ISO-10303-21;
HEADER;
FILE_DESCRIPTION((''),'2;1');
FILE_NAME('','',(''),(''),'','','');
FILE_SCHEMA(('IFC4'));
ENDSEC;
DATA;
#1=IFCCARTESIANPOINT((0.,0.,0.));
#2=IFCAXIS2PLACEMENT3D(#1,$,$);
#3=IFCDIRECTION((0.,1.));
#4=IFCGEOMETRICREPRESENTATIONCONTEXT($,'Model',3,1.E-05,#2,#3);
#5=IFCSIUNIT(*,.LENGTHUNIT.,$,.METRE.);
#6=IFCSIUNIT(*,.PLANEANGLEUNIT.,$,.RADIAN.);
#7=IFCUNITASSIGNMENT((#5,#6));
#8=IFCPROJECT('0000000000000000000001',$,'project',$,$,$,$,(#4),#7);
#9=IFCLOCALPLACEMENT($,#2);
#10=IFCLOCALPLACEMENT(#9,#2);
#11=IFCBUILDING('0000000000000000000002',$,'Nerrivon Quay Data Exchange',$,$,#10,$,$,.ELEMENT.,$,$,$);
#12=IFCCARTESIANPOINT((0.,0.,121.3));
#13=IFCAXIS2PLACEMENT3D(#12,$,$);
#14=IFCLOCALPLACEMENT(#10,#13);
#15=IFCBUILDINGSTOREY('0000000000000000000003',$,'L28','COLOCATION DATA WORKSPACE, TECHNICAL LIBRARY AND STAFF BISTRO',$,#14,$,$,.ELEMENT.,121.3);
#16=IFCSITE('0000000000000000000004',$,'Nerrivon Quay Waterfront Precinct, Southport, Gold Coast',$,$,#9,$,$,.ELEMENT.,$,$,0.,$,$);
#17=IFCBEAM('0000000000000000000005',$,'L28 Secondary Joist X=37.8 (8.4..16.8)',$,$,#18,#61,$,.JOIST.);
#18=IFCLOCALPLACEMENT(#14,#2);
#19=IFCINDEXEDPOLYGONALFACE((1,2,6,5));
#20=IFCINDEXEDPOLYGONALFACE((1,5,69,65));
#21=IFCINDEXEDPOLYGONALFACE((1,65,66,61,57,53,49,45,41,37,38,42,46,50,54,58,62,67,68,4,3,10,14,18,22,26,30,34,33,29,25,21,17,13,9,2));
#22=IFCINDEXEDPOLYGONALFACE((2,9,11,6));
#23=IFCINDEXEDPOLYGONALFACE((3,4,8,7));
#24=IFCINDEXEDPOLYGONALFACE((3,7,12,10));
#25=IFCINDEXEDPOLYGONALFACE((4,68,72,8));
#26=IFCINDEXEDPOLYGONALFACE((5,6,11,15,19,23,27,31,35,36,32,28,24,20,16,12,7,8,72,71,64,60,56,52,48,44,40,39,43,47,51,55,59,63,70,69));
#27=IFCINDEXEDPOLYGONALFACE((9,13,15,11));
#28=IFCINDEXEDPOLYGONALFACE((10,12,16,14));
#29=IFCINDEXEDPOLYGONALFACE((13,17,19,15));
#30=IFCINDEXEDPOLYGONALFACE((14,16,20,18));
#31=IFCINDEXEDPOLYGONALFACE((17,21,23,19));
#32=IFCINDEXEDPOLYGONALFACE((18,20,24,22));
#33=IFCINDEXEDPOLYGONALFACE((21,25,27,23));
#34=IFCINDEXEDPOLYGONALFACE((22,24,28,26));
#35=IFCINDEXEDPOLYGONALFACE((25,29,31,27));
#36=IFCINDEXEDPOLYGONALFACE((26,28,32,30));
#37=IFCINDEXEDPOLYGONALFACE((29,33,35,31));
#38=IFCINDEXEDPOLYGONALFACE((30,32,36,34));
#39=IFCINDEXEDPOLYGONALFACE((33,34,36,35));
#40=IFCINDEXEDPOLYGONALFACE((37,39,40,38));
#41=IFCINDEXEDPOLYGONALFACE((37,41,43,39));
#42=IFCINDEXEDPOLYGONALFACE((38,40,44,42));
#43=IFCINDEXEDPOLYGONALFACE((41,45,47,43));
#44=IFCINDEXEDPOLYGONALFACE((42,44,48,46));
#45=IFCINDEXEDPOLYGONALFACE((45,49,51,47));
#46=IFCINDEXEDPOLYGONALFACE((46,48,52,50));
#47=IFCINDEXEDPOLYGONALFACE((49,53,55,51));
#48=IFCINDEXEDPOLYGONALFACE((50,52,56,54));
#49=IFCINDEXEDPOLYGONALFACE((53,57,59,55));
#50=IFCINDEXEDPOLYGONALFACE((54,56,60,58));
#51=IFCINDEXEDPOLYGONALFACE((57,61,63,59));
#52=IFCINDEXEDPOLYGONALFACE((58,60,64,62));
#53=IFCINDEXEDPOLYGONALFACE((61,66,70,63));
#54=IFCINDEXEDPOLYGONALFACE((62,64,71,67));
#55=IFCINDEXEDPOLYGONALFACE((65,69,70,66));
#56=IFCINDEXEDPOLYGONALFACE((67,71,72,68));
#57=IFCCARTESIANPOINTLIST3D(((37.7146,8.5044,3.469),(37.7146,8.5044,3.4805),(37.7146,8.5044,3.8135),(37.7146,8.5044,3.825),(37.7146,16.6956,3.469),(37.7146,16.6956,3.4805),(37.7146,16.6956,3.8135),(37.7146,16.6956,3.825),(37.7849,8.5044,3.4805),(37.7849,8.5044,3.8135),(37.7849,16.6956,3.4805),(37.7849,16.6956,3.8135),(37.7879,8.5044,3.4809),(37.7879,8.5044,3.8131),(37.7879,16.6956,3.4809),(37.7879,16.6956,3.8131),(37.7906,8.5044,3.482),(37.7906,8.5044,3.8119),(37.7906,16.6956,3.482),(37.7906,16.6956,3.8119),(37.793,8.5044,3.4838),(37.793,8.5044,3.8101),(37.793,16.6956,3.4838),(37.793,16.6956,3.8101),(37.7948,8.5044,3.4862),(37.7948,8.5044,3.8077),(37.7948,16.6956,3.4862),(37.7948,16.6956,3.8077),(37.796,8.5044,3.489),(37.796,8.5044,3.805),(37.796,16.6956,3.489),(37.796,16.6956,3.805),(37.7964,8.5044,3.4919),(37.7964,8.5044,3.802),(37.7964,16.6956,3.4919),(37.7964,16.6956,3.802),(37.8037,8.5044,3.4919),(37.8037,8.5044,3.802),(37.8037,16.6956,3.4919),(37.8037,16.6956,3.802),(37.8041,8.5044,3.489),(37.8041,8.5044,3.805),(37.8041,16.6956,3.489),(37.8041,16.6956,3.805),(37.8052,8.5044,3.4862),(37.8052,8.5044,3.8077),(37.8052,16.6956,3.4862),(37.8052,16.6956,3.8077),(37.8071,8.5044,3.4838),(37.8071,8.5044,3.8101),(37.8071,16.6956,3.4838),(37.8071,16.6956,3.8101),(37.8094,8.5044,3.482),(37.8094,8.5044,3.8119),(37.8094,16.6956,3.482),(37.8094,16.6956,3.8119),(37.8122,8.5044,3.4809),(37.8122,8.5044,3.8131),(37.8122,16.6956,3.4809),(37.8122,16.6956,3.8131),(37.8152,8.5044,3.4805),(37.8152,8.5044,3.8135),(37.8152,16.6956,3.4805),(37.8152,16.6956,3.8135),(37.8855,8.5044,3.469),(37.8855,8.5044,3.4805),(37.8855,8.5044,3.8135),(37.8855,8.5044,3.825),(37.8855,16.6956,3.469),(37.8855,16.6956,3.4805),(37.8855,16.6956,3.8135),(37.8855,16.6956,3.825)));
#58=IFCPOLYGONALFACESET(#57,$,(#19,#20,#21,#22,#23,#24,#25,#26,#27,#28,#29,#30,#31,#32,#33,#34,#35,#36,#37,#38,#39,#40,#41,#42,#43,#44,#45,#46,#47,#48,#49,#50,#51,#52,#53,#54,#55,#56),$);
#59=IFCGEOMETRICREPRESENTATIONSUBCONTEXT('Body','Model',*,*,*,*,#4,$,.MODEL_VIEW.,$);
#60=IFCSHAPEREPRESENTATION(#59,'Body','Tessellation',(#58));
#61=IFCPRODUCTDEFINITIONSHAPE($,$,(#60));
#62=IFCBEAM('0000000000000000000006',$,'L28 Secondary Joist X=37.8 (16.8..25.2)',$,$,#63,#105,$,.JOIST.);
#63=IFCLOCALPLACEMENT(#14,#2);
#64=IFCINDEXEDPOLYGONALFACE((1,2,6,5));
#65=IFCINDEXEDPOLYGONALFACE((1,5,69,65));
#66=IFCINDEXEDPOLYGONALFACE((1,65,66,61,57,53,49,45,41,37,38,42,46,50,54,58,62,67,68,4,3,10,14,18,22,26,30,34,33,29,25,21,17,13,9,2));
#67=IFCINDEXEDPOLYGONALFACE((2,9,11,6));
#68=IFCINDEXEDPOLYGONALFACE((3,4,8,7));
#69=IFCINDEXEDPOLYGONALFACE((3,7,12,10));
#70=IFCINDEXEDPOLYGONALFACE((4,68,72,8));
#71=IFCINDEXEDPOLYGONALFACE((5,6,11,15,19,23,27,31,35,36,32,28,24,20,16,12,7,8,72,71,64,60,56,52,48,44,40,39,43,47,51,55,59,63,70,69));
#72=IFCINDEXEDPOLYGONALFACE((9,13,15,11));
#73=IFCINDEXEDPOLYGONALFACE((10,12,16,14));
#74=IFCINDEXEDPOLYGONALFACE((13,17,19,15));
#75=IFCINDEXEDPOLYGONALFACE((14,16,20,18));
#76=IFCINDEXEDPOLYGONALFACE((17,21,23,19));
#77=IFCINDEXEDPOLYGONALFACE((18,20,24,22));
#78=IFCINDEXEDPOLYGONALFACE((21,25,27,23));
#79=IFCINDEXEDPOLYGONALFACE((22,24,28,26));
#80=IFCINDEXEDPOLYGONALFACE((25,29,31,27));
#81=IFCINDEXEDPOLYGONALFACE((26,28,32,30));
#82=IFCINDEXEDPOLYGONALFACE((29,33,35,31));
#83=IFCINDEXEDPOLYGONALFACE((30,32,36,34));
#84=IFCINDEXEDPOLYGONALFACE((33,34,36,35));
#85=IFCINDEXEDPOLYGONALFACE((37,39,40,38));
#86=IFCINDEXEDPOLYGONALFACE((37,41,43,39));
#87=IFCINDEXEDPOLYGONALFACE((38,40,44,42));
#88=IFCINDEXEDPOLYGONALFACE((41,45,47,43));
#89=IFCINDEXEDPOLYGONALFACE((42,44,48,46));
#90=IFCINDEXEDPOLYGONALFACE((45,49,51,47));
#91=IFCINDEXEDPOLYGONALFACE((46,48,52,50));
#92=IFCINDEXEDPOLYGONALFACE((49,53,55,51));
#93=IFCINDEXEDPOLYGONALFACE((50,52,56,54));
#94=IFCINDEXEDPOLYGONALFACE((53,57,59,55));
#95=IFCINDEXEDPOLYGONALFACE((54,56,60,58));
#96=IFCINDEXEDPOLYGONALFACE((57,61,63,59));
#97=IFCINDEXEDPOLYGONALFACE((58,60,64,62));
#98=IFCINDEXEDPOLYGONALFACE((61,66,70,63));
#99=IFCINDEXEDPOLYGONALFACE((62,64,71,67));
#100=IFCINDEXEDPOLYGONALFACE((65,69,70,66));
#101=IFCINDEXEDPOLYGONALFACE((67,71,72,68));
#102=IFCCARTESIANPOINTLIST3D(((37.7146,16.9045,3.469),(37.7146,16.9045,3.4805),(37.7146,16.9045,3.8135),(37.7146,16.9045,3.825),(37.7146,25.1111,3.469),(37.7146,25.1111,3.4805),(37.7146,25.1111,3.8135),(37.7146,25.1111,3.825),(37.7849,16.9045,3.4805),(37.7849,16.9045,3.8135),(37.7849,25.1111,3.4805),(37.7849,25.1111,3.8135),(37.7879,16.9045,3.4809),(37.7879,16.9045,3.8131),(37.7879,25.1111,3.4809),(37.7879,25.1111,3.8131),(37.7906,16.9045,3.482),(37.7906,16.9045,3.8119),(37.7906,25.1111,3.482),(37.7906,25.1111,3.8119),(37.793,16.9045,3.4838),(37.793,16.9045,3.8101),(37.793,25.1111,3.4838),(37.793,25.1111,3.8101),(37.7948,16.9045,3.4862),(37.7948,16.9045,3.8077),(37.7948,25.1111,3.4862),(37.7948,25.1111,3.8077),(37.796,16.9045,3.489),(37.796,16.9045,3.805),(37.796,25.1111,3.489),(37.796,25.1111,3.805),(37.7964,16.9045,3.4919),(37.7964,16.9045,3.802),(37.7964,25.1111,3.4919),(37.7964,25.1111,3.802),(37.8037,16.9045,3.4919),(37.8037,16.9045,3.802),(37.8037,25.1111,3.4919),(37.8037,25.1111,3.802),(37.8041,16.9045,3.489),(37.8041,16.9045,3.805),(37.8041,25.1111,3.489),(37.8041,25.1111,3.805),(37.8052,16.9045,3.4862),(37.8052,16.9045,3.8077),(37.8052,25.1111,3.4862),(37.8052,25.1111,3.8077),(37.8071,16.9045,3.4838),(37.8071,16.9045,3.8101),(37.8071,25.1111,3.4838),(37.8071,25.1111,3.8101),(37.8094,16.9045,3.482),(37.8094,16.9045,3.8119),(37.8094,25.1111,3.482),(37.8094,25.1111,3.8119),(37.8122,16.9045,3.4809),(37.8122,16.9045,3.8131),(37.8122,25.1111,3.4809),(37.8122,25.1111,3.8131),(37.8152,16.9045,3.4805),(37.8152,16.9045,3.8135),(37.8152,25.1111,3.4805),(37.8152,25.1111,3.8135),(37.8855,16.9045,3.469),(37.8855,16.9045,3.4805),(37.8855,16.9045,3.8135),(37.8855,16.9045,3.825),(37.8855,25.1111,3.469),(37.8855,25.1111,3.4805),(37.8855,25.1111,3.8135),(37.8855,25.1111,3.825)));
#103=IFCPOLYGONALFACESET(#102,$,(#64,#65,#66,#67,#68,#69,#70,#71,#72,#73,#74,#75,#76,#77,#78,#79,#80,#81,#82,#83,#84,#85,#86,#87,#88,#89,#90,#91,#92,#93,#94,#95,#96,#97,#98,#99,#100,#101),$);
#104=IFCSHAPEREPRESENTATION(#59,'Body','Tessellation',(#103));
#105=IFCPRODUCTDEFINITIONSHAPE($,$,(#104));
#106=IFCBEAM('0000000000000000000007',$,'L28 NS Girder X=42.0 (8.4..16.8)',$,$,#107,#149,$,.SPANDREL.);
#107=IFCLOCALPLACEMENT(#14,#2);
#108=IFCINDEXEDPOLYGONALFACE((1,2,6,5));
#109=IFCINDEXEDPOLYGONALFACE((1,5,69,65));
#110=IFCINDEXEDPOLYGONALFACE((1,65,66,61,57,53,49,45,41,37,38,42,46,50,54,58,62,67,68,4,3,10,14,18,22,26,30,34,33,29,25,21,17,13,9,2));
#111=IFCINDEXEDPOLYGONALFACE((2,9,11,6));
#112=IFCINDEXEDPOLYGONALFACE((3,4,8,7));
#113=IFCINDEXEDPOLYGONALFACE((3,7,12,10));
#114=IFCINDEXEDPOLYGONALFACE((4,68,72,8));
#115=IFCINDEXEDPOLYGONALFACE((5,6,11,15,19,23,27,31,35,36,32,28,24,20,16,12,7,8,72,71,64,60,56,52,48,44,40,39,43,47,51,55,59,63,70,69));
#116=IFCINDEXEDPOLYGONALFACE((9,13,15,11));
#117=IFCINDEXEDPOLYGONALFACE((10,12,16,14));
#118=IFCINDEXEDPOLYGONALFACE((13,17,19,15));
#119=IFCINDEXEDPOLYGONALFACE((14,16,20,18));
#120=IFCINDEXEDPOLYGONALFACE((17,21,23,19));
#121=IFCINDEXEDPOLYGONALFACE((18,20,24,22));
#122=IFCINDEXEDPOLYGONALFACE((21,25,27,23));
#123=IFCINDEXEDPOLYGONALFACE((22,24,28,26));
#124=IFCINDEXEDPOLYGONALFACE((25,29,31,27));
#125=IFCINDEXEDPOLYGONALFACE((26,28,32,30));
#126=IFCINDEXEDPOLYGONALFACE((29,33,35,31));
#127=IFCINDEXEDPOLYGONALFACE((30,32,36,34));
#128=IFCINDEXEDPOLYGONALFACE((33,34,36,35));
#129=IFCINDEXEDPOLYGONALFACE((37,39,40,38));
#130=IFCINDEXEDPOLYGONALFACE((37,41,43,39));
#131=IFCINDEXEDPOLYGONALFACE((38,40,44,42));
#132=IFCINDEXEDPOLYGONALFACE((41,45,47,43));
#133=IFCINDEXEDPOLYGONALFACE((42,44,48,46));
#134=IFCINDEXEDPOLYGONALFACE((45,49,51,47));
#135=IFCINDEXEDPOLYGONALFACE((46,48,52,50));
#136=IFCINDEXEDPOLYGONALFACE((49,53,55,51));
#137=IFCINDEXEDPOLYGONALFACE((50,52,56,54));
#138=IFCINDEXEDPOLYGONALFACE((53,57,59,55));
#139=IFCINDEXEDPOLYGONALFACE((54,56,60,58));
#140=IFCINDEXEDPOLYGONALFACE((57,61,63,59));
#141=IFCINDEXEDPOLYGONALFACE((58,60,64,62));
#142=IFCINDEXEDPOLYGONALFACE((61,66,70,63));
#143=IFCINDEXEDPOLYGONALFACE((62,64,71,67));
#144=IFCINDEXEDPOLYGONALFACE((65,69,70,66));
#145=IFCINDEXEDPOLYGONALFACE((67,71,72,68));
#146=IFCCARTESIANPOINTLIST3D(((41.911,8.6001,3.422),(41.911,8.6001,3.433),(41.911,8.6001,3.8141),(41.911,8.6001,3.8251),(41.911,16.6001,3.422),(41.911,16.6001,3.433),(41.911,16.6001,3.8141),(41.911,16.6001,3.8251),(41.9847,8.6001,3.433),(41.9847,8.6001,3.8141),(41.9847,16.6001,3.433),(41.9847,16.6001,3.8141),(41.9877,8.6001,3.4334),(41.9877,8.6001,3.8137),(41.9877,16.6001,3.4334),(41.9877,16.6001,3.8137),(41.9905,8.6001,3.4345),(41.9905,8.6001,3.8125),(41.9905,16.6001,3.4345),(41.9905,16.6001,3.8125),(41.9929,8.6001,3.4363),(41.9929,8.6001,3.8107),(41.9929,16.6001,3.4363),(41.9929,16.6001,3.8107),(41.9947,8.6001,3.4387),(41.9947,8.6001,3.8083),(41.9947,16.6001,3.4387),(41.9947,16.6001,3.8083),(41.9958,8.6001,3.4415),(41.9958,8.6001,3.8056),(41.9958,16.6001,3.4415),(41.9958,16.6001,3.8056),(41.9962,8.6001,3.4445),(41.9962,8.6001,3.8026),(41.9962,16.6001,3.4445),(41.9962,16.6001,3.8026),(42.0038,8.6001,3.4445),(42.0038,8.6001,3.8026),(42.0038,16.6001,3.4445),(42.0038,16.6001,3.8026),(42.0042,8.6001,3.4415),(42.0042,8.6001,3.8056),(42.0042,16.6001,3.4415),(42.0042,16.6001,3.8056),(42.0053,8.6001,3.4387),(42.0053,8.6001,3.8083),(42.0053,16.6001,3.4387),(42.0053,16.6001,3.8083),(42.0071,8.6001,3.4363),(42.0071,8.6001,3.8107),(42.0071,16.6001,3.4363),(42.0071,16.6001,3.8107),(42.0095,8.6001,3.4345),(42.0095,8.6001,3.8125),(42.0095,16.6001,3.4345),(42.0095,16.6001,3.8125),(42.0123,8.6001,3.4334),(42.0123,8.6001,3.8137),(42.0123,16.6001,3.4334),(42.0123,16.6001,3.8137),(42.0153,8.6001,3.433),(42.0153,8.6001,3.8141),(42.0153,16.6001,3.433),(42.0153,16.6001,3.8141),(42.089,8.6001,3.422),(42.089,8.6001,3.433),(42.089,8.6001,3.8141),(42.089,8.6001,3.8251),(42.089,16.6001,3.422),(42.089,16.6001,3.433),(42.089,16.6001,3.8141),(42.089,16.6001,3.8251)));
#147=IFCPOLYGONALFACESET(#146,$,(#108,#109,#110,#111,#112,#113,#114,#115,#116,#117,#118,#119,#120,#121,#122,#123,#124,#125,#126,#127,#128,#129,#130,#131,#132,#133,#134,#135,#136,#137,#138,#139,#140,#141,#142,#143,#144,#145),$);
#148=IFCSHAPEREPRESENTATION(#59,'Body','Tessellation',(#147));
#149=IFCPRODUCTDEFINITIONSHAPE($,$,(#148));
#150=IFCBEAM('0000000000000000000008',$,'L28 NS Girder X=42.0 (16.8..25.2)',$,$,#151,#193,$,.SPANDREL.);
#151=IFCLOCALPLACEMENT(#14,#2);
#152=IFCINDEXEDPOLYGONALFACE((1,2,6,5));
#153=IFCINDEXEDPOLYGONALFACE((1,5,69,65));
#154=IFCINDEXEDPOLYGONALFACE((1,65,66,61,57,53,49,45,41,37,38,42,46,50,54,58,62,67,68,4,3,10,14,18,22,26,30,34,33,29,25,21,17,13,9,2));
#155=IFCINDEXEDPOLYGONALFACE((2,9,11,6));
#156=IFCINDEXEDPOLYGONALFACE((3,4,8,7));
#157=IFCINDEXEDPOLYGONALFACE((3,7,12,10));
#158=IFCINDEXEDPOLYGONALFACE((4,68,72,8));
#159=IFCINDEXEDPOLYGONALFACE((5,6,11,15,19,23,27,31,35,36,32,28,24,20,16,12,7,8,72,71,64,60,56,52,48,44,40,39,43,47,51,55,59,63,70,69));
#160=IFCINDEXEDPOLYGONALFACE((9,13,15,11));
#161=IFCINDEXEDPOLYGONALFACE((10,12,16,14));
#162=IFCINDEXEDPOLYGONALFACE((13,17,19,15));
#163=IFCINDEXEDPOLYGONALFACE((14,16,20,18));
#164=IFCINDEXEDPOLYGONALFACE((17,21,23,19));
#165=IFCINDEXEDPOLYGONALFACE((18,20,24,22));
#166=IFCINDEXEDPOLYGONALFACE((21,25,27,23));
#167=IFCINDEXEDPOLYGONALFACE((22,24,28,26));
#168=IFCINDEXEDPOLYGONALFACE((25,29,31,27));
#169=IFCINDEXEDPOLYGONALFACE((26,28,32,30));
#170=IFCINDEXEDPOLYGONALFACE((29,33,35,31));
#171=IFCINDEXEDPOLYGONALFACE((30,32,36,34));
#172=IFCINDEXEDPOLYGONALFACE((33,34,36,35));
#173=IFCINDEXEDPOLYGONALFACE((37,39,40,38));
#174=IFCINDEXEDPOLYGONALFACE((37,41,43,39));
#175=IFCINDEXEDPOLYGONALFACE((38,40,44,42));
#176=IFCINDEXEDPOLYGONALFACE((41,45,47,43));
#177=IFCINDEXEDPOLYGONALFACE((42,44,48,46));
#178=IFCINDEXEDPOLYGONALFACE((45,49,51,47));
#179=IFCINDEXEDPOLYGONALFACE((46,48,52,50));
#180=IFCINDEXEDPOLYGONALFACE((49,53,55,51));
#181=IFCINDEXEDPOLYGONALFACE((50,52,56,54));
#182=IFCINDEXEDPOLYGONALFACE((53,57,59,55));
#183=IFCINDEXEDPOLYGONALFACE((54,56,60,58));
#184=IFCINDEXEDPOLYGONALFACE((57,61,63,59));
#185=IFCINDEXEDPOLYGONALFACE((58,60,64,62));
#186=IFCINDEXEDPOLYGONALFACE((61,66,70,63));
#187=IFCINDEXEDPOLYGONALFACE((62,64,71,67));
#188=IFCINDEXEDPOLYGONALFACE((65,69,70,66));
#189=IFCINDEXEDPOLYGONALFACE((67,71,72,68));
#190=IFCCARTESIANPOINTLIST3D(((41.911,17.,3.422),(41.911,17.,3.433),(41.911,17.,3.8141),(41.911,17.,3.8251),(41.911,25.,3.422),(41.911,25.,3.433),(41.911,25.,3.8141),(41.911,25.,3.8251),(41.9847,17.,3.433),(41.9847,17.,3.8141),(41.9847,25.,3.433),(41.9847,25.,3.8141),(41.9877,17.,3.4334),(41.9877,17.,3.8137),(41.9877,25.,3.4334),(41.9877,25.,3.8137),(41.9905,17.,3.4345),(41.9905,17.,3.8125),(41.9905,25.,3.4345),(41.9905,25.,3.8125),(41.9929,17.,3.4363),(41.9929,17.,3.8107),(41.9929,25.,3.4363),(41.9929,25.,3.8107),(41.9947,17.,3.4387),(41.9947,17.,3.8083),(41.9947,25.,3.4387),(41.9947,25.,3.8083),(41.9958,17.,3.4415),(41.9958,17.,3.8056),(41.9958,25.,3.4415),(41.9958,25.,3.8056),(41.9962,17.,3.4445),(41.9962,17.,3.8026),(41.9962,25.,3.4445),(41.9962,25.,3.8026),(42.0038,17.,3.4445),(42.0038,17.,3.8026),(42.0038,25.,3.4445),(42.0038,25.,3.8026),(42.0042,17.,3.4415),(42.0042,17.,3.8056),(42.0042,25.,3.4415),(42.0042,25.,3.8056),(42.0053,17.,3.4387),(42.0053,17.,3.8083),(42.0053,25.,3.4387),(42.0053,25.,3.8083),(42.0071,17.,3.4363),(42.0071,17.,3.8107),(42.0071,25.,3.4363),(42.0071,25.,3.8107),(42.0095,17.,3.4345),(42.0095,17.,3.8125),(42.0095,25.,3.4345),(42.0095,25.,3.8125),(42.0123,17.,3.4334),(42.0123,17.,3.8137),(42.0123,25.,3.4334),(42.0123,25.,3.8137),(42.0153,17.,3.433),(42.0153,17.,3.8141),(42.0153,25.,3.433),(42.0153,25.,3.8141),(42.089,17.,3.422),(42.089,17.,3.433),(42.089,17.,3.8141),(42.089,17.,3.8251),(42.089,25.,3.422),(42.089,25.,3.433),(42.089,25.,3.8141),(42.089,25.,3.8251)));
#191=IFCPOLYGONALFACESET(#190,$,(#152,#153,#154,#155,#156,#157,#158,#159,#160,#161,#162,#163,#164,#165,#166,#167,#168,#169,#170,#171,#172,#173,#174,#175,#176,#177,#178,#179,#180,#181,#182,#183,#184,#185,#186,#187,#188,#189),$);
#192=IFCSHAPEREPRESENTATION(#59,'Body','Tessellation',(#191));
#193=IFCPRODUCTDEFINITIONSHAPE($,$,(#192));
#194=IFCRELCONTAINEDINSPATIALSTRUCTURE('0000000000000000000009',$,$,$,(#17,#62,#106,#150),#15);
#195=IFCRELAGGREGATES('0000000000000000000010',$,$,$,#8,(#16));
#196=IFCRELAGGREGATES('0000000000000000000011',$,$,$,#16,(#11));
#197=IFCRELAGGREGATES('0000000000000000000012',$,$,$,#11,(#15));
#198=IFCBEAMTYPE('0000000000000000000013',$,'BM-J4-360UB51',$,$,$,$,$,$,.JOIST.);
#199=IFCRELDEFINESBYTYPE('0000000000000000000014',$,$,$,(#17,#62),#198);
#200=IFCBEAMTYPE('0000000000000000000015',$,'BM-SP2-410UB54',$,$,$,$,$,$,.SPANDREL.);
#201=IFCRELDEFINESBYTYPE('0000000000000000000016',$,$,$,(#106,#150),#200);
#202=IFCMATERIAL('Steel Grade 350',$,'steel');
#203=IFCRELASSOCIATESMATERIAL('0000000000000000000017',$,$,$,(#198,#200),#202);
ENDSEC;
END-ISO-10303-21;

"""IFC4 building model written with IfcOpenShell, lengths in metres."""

from ifc_helpers import new_model, si_unit, direction, frame, origin, origin_2d, place, context, subcontext, project, spatial, i_section, extrude, material, material_profile, profile_set, type_object, element, save


model = new_model("IFC4")

# Units and contexts
model_context = context("Model", 3, precision=1e-05, world=origin(), true_north=direction((0.0, 1.0)))
body_context = subcontext(model_context, "Body", "Model", "MODEL_VIEW")
ifc_project = project(units=[si_unit("LENGTHUNIT", "METRE"), si_unit("PLANEANGLEUNIT", "RADIAN")], contexts=[model_context])

# Site, building, storey
site_placement = place(None, origin())
site = spatial("IfcSite", under=ifc_project, at=site_placement, Name="Nerrivon Quay Waterfront Precinct, Southport, Gold Coast", CompositionType="ELEMENT", RefElevation=0.0)
building_placement = place(site_placement, origin())
building = spatial("IfcBuilding", under=site, at=building_placement, Name="Nerrivon Quay Data Exchange", CompositionType="ELEMENT")
storey_placement = place(building_placement, frame((0.0, 0.0, 121.3)))
storey = spatial("IfcBuildingStorey", under=building, at=storey_placement, Name="L28", Description="COLOCATION DATA WORKSPACE, TECHNICAL LIBRARY AND STAFF BISTRO", CompositionType="ELEMENT", Elevation=121.3)

# Shared definitions
ifc_material_1 = material(Name="Steel Grade 350", Category="steel")

# Beams
ifc_material_profile_1 = material_profile(ifc_material_1, i_section(OverallWidth=0.1709, OverallDepth=0.356, WebThickness=0.0073, FlangeThickness=0.0115, FilletRadius=0.0115, at=origin_2d()), Name="360UB50.7")
ifc_profile_set_1 = profile_set([ifc_material_profile_1], Name="Steel Grade 350")
beam_type_1 = type_object("IfcBeamType", Name="BM-J4-360UB51", PredefinedType="JOIST", material=ifc_profile_set_1)
beam_1_placement = place(storey_placement, frame((37.8, 8.5044, 3.647), z_axis=(0.0, 1.0, 0.0), x_axis=(-1.0, 0.0, 0.0)))
element("IfcBeam", 1, at=beam_1_placement, inside=storey, type_object=beam_type_1, Name="L28 Secondary Joist X=37.8 (8.4..16.8)", PredefinedType="JOIST", context=body_context, shape_type="SweptSolid", body=[
    extrude(i_section(OverallWidth=0.1709, OverallDepth=0.356, WebThickness=0.0073, FlangeThickness=0.0115, FilletRadius=0.0115, at=origin_2d()), origin(), (0.0, 0.0, 1.0), 8.1912),
])
beam_2_placement = place(storey_placement, frame((37.8, 16.9045, 3.647), z_axis=(0.0, 1.0, 0.0), x_axis=(-1.0, 0.0, 0.0)))
element("IfcBeam", 2, at=beam_2_placement, inside=storey, type_object=beam_type_1, Name="L28 Secondary Joist X=37.8 (16.8..25.2)", PredefinedType="JOIST", context=body_context, shape_type="SweptSolid", body=[
    extrude(i_section(OverallWidth=0.1709, OverallDepth=0.356, WebThickness=0.0073, FlangeThickness=0.0115, FilletRadius=0.0115, at=origin_2d()), origin(), (0.0, 0.0, 1.0), 8.2065),
])
ifc_material_profile_2 = material_profile(ifc_material_1, i_section(OverallWidth=0.178, OverallDepth=0.4031, WebThickness=0.0076, FlangeThickness=0.011, FilletRadius=0.0115, at=origin_2d()), Name="410UB53.7")
ifc_profile_set_2 = profile_set([ifc_material_profile_2], Name="Steel Grade 350")
beam_type_2 = type_object("IfcBeamType", Name="BM-SP2-410UB54", PredefinedType="SPANDREL", material=ifc_profile_set_2)
for number, where, z_axis, x_axis, name in (
    (3, (42.0, 8.6001, 3.6235), (0.0, 1.0, 0.0), (-1.0, 0.0, 0.0), "L28 NS Girder X=42.0 (8.4..16.8)"),
    (4, (42.0, 17.0, 3.6235), (0.0, 1.0, 0.0), (-1.0, 0.0, 0.0), "L28 NS Girder X=42.0 (16.8..25.2)"),
):
    element("IfcBeam", number, at=place(storey_placement, frame(where, z_axis=z_axis, x_axis=x_axis)), inside=storey, type_object=beam_type_2, Name=name, PredefinedType="SPANDREL", context=body_context, shape_type="SweptSolid", body=[
        extrude(i_section(OverallWidth=0.178, OverallDepth=0.4031, WebThickness=0.0076, FlangeThickness=0.011, FilletRadius=0.0115, at=origin_2d()), origin(), (0.0, 0.0, 1.0), 8.0),
    ])

save(model, "model.ifc")
